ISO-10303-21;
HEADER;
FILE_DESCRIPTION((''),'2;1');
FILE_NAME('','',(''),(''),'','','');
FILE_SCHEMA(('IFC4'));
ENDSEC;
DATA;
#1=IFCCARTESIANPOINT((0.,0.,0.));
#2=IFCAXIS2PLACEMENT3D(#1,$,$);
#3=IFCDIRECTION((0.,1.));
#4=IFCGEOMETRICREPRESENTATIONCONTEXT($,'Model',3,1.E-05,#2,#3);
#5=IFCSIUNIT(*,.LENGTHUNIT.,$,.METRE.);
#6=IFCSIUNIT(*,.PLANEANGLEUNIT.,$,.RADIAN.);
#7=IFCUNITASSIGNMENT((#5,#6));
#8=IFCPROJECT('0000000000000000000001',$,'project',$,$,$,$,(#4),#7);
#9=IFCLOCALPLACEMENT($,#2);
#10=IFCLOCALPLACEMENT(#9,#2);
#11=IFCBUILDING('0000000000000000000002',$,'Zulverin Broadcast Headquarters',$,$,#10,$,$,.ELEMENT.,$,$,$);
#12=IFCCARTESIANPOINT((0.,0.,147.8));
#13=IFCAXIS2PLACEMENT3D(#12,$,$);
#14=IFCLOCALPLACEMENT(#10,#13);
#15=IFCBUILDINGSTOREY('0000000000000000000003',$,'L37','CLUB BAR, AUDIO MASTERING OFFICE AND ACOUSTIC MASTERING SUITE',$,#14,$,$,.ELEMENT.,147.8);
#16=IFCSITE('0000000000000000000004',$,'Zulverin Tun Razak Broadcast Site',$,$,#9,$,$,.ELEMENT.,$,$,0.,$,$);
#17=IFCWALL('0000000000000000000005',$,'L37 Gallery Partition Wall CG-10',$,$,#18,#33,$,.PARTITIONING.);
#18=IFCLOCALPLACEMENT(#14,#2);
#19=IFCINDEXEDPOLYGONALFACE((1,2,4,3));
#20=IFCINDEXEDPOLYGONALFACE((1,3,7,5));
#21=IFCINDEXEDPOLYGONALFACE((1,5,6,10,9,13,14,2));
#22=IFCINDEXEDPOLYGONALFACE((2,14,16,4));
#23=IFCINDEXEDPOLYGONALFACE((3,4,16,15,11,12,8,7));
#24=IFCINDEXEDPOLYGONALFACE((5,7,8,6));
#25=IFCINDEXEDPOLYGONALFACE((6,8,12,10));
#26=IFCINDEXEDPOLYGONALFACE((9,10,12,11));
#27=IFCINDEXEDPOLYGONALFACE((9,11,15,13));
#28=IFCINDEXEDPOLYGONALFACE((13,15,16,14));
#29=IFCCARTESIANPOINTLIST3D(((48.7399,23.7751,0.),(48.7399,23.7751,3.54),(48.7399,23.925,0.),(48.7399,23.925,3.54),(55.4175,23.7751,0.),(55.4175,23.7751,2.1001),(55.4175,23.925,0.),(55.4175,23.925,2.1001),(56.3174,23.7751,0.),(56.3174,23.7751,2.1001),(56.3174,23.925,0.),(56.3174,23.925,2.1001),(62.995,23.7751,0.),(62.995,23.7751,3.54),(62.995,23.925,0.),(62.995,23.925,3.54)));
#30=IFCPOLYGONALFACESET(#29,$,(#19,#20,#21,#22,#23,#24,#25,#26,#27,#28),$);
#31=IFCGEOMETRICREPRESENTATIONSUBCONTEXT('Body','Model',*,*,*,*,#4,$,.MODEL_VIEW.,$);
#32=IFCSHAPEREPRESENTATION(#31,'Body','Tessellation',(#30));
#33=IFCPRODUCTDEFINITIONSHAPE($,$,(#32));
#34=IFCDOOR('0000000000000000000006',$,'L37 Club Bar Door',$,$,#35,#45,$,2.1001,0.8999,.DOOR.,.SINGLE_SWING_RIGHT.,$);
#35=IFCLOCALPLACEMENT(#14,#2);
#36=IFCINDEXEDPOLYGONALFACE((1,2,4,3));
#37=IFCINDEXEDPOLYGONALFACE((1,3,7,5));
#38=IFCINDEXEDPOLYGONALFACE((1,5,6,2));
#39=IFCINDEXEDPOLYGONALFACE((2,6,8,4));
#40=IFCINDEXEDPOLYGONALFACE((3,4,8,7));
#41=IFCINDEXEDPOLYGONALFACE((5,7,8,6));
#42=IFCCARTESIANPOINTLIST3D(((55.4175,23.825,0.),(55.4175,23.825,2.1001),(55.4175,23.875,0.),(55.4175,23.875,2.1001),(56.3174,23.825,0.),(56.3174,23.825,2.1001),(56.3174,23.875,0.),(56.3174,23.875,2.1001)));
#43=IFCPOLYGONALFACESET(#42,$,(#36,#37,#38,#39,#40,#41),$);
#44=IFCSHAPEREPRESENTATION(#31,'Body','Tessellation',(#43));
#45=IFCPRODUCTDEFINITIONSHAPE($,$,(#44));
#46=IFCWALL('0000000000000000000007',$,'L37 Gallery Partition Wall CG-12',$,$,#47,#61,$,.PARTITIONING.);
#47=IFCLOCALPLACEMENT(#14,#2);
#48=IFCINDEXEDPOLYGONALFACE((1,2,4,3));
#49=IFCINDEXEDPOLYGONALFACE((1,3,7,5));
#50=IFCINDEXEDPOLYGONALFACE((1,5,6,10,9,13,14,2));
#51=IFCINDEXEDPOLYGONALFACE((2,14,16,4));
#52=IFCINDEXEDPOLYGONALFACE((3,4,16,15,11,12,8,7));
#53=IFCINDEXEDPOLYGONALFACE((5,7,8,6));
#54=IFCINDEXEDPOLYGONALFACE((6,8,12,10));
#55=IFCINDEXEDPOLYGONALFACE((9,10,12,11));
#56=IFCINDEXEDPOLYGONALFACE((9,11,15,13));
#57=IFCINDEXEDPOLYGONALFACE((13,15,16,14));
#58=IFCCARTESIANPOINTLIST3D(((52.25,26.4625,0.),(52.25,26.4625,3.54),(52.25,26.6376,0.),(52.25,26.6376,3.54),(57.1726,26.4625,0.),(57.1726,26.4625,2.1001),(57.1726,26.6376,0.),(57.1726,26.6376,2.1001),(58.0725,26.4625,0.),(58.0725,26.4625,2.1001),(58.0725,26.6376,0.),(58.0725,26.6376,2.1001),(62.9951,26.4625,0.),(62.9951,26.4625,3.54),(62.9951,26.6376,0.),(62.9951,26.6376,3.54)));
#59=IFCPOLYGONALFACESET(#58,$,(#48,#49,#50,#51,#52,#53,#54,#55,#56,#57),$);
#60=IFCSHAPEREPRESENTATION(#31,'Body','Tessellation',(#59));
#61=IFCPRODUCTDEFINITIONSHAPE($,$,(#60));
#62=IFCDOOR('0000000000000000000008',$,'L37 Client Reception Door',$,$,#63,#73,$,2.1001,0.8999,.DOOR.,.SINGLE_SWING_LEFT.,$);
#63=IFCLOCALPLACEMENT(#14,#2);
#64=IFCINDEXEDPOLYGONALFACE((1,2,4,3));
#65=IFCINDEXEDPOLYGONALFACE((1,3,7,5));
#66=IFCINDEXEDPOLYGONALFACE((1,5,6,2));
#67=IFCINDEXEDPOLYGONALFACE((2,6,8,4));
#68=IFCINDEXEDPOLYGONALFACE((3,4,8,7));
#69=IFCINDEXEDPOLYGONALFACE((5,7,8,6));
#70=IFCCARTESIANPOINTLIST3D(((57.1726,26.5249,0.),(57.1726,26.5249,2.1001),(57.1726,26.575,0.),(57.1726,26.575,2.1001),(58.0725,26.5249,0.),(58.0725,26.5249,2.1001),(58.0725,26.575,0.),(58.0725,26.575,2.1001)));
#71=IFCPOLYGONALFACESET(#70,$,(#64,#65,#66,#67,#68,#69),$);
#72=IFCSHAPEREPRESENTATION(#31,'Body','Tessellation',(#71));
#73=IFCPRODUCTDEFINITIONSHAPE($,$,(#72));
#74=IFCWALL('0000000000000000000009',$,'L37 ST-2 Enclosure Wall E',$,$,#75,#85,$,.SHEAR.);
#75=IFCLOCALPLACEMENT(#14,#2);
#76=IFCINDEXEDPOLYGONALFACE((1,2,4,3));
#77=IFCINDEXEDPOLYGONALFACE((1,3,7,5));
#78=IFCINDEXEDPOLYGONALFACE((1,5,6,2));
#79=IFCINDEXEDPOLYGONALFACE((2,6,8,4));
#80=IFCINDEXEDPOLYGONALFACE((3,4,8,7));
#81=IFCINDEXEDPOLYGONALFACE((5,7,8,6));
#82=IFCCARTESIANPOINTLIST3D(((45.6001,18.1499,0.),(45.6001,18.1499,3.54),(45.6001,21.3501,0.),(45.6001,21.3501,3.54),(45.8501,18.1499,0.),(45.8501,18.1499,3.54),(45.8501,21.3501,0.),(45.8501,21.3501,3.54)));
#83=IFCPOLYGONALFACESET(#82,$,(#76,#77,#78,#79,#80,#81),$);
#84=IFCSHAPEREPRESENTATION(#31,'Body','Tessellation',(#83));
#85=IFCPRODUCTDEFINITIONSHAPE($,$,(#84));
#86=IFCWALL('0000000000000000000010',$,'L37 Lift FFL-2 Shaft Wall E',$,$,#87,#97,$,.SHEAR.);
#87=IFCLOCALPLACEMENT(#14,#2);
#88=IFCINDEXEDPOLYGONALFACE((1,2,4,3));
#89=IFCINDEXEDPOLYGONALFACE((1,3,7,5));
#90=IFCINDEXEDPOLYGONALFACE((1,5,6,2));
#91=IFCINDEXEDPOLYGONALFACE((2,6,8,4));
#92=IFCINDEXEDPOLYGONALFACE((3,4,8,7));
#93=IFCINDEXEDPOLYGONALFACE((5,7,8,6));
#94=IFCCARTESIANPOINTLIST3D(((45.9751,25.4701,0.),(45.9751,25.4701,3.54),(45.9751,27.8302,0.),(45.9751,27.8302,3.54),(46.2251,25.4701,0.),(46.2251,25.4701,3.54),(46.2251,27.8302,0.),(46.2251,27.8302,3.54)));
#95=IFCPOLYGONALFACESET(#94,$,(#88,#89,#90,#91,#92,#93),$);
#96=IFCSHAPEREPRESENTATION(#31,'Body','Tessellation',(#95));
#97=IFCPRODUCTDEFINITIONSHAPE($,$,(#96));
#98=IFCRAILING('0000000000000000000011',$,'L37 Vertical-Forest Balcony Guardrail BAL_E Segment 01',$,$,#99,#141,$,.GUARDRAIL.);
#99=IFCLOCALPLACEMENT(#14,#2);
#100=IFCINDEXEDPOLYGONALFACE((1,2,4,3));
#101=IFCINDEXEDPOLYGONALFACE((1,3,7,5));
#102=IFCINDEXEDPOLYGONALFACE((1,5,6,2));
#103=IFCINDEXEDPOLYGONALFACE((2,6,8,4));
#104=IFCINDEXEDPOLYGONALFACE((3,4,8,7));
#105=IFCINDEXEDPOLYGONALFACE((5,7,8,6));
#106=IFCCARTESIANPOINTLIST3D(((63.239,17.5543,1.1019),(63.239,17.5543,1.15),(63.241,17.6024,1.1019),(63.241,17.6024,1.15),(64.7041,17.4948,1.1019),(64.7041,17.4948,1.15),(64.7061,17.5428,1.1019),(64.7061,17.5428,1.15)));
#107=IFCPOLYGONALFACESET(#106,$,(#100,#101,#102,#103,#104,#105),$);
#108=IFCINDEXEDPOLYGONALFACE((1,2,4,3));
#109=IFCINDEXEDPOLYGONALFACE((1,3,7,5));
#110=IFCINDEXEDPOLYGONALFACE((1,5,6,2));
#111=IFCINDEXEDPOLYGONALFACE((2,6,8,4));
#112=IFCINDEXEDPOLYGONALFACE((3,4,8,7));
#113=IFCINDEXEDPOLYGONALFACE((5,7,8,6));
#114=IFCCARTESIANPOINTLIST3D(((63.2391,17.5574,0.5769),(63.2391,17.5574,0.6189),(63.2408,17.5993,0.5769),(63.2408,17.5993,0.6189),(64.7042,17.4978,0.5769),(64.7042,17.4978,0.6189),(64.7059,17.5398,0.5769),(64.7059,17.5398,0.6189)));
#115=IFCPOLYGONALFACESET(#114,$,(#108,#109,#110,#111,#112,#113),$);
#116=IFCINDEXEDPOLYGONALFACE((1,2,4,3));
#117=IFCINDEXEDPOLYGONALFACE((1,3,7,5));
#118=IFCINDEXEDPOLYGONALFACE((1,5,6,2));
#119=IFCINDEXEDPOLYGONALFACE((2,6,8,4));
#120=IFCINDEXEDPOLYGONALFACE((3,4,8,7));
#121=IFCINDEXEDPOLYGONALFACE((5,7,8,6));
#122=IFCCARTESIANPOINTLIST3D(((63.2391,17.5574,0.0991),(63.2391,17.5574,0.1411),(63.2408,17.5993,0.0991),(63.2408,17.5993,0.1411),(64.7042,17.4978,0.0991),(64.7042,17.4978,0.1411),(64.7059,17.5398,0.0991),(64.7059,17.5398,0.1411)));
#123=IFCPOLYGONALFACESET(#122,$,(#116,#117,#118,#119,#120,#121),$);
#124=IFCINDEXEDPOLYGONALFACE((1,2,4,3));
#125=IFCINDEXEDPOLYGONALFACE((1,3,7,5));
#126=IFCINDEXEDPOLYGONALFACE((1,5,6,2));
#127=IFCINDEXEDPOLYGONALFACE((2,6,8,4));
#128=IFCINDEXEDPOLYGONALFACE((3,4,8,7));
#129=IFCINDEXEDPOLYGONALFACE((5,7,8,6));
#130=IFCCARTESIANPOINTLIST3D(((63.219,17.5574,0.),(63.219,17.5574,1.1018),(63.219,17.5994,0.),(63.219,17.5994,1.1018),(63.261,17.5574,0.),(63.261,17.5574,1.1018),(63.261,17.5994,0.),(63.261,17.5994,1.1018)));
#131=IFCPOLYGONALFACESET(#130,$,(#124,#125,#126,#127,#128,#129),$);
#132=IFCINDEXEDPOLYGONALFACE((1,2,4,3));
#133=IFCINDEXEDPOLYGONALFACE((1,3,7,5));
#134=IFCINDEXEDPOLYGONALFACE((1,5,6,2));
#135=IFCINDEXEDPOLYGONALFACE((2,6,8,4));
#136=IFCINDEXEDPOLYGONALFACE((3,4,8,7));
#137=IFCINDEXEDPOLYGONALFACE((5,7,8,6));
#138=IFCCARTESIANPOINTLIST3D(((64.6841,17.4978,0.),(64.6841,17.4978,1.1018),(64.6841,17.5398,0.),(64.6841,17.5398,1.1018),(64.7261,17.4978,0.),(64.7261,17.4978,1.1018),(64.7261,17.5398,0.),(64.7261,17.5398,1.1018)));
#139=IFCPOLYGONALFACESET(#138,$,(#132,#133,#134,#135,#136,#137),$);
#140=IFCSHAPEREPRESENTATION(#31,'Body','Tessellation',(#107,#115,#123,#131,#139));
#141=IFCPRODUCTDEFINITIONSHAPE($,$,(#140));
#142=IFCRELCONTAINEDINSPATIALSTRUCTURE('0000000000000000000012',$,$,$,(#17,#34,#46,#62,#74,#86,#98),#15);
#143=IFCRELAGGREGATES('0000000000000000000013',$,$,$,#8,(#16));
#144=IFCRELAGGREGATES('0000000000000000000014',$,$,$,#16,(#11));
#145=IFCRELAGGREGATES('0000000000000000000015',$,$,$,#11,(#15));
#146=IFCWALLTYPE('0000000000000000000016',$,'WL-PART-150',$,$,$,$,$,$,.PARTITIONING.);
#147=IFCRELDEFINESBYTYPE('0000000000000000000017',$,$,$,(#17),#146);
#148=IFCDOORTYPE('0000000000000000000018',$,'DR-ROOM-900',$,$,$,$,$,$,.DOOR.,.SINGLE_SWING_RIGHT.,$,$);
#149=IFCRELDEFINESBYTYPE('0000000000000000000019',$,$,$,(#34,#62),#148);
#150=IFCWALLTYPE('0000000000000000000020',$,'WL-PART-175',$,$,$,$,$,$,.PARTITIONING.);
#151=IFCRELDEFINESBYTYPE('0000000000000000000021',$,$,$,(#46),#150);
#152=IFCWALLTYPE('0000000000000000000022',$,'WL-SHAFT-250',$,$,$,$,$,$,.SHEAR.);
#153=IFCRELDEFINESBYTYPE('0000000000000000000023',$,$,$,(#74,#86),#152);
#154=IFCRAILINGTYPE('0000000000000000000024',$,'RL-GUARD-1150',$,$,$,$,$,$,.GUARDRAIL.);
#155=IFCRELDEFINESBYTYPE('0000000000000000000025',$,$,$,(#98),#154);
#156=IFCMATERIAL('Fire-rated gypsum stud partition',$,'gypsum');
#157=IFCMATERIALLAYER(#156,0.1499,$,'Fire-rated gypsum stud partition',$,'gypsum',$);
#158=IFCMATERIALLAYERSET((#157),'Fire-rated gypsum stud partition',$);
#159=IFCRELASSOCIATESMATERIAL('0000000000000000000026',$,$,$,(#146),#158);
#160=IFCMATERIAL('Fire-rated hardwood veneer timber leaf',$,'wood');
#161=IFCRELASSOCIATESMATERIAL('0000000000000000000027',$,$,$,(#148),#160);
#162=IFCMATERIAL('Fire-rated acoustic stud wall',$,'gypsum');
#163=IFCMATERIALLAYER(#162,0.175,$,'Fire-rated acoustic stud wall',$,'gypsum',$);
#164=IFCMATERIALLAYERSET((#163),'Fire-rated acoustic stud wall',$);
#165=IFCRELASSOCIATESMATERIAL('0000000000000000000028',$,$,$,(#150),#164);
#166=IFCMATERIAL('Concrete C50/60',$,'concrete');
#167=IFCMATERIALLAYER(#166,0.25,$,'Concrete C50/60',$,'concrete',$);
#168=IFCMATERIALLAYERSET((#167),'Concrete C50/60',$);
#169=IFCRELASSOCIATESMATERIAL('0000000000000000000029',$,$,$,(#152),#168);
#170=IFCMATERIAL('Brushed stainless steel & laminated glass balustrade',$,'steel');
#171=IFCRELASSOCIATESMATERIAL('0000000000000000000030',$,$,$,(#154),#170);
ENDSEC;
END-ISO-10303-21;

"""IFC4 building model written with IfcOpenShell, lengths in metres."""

from ifc_helpers import new_model, si_unit, direction, frame, frame_2d, origin, origin_2d, place, context, subcontext, project, spatial, rectangle, extrude, material, layer, layer_set, type_object, element, fill, save


model = new_model("IFC4")

# Units and contexts
model_context = context("Model", 3, precision=1e-05, world=origin(), true_north=direction((0.0, 1.0)))
body_context = subcontext(model_context, "Body", "Model", "MODEL_VIEW")
ifc_project = project(units=[si_unit("LENGTHUNIT", "METRE"), si_unit("PLANEANGLEUNIT", "RADIAN")], contexts=[model_context])

# Site, building, storey
site_placement = place(None, origin())
site = spatial("IfcSite", under=ifc_project, at=site_placement, Name="Zulverin Tun Razak Broadcast Site", CompositionType="ELEMENT", RefElevation=0.0)
building_placement = place(site_placement, origin())
building = spatial("IfcBuilding", under=site, at=building_placement, Name="Zulverin Broadcast Headquarters", CompositionType="ELEMENT")
storey_placement = place(building_placement, frame((0.0, 0.0, 147.8)))
storey = spatial("IfcBuildingStorey", under=building, at=storey_placement, Name="L37", Description="CLUB BAR, AUDIO MASTERING OFFICE AND ACOUSTIC MASTERING SUITE", CompositionType="ELEMENT", Elevation=147.8)

# Walls, openings, doors
ifc_material_1 = material(Name="Fire-rated gypsum stud partition", Category="gypsum")
ifc_layer_1 = layer(ifc_material_1, 0.1499, Name="Fire-rated gypsum stud partition", Category="gypsum")
ifc_layer_set_1 = layer_set([ifc_layer_1], Name="Fire-rated gypsum stud partition")
wall_type_1 = type_object("IfcWallType", Name="WL-PART-150", PredefinedType="PARTITIONING", material=ifc_layer_set_1)
wall_1_placement = place(storey_placement, frame((48.74, 23.8501, 0.0), z_axis=(0.0, 0.0, 1.0), x_axis=(1.0, 0.0, 0.0)))
wall_1 = element("IfcWall", 1, at=wall_1_placement, inside=storey, type_object=wall_type_1, Name="L37 Gallery Partition Wall CG-10", PredefinedType="PARTITIONING", context=body_context, shape_type="SweptSolid", body=[
    extrude(rectangle(XDim=14.2551, YDim=0.1499, at=frame_2d((7.1274, 0.0))), origin(), (0.0, 0.0, 1.0), 3.54),
])
opening_1_placement = place(wall_1_placement, frame((6.6775, 0.0, 0.0)))
opening_1 = element("IfcOpeningElement", 2, at=opening_1_placement, cuts=wall_1, PredefinedType="OPENING", context=body_context, shape_type="SweptSolid", body=[
    extrude(rectangle(XDim=0.8999, YDim=2.1001, at=frame_2d((0.45, 1.05))), frame((0.0, 0.085, 0.0), z_axis=(0.0, -1.0, 0.0), x_axis=(1.0, 0.0, 0.0)), (0.0, 0.0, 1.0), 0.1699),
])
ifc_material_2 = material(Name="Fire-rated hardwood veneer timber leaf", Category="wood")
door_type_1 = type_object("IfcDoorType", Name="DR-ROOM-900", OperationType="SINGLE_SWING_RIGHT", PredefinedType="DOOR", material=ifc_material_2)
door_1_placement = place(opening_1_placement, origin())
door_1 = element("IfcDoor", 3, at=door_1_placement, inside=storey, type_object=door_type_1, Name="L37 Club Bar Door", OperationType="SINGLE_SWING_RIGHT", OverallHeight=2.1001, OverallWidth=0.8999, PredefinedType="DOOR", context=body_context, shape_type="SweptSolid", body=[
    extrude(rectangle(XDim=0.8999, YDim=2.1001, at=frame_2d((0.45, 1.05))), frame((0.0, 0.0249, 0.0), z_axis=(0.0, -1.0, 0.0), x_axis=(1.0, 0.0, 0.0)), (0.0, 0.0, 1.0), 0.05),
])
fill(opening_1, door_1)
ifc_material_3 = material(Name="Fire-rated acoustic stud wall", Category="gypsum")
ifc_layer_2 = layer(ifc_material_3, 0.175, Name="Fire-rated acoustic stud wall", Category="gypsum")
ifc_layer_set_2 = layer_set([ifc_layer_2], Name="Fire-rated acoustic stud wall")
wall_type_2 = type_object("IfcWallType", Name="WL-PART-175", PredefinedType="PARTITIONING", material=ifc_layer_set_2)
wall_2_placement = place(storey_placement, frame((52.25, 26.55, 0.0), z_axis=(0.0, 0.0, 1.0), x_axis=(1.0, 0.0, 0.0)))
wall_2 = element("IfcWall", 4, at=wall_2_placement, inside=storey, type_object=wall_type_2, Name="L37 Gallery Partition Wall CG-12", PredefinedType="PARTITIONING", context=body_context, shape_type="SweptSolid", body=[
    extrude(rectangle(XDim=10.7451, YDim=0.175, at=frame_2d((5.3726, 0.0))), origin(), (0.0, 0.0, 1.0), 3.54),
])
opening_2_placement = place(wall_2_placement, frame((4.9226, 0.0, 0.0)))
opening_2 = element("IfcOpeningElement", 5, at=opening_2_placement, cuts=wall_2, PredefinedType="OPENING", context=body_context, shape_type="SweptSolid", body=[
    extrude(rectangle(XDim=0.8999, YDim=2.1001, at=frame_2d((0.45, 1.05))), frame((0.0, 0.0974, 0.0), z_axis=(0.0, -1.0, 0.0), x_axis=(1.0, 0.0, 0.0)), (0.0, 0.0, 1.0), 0.1951),
])
door_2_placement = place(opening_2_placement, origin())
door_2 = element("IfcDoor", 6, at=door_2_placement, inside=storey, type_object=door_type_1, Name="L37 Client Reception Door", OperationType="SINGLE_SWING_LEFT", OverallHeight=2.1001, OverallWidth=0.8999, PredefinedType="DOOR", context=body_context, shape_type="SweptSolid", body=[
    extrude(rectangle(XDim=0.8999, YDim=2.1001, at=frame_2d((0.45, 1.05))), frame((0.0, 0.0249, 0.0), z_axis=(0.0, -1.0, 0.0), x_axis=(1.0, 0.0, 0.0)), (0.0, 0.0, 1.0), 0.05),
])
fill(opening_2, door_2)

# Walls
ifc_material_4 = material(Name="Concrete C50/60", Category="concrete")
ifc_layer_3 = layer(ifc_material_4, 0.25, Name="Concrete C50/60", Category="concrete")
ifc_layer_set_3 = layer_set([ifc_layer_3], Name="Concrete C50/60")
wall_type_3 = type_object("IfcWallType", Name="WL-SHAFT-250", PredefinedType="SHEAR", material=ifc_layer_set_3)
wall_3_placement = place(storey_placement, frame((45.7251, 18.1499, 0.0), z_axis=(0.0, 0.0, 1.0), x_axis=(0.0, 1.0, 0.0)))
element("IfcWall", 7, at=wall_3_placement, inside=storey, type_object=wall_type_3, Name="L37 ST-2 Enclosure Wall E", PredefinedType="SHEAR", context=body_context, shape_type="SweptSolid", body=[
    extrude(rectangle(XDim=3.2002, YDim=0.25, at=frame_2d((1.6001, 0.0))), origin(), (0.0, 0.0, 1.0), 3.54),
])
wall_4_placement = place(storey_placement, frame((46.1001, 25.47, 0.0), z_axis=(0.0, 0.0, 1.0), x_axis=(0.0, 1.0, 0.0)))
element("IfcWall", 8, at=wall_4_placement, inside=storey, type_object=wall_type_3, Name="L37 Lift FFL-2 Shaft Wall E", PredefinedType="SHEAR", context=body_context, shape_type="SweptSolid", body=[
    extrude(rectangle(XDim=2.3601, YDim=0.25, at=frame_2d((1.1802, 0.0))), origin(), (0.0, 0.0, 1.0), 3.54),
])

# Railing
ifc_material_5 = material(Name="Brushed stainless steel & laminated glass balustrade", Category="steel")
railing_type = type_object("IfcRailingType", Name="RL-GUARD-1150", PredefinedType="GUARDRAIL", material=ifc_material_5)
railing_1_placement = place(storey_placement, frame((63.24, 17.5784, 0.0)))
element("IfcRailing", 9, at=railing_1_placement, inside=storey, type_object=railing_type, Name="L37 Vertical-Forest Balcony Guardrail BAL_E Segment 01", PredefinedType="GUARDRAIL", context=body_context, shape_type="SweptSolid", body=[
    extrude(rectangle(XDim=0.0481, YDim=0.0481, at=origin_2d()), frame((0.0, 0.0, 1.126), z_axis=(0.999174, -0.040626, 0.0), x_axis=(0.040626, 0.999174, 0.0)), (0.0, 0.0, 1.0), 1.4663),
    extrude(rectangle(XDim=0.042, YDim=0.042, at=origin_2d()), frame((0.0, 0.0, 0.5979), z_axis=(0.999174, -0.040626, 0.0), x_axis=(0.040626, 0.999174, 0.0)), (0.0, 0.0, 1.0), 1.4663),
    extrude(rectangle(XDim=0.042, YDim=0.042, at=origin_2d()), frame((0.0, 0.0, 0.1201), z_axis=(0.999174, -0.040626, 0.0), x_axis=(0.040626, 0.999174, 0.0)), (0.0, 0.0, 1.0), 1.4663),
    extrude(rectangle(XDim=0.042, YDim=0.042, at=origin_2d()), origin(), (0.0, 0.0, 1.0), 1.1018),
    extrude(rectangle(XDim=0.042, YDim=0.042, at=origin_2d()), frame((1.4651, -0.0596, 0.0)), (0.0, 0.0, 1.0), 1.1018),
])

save(model, "model.ifc")
